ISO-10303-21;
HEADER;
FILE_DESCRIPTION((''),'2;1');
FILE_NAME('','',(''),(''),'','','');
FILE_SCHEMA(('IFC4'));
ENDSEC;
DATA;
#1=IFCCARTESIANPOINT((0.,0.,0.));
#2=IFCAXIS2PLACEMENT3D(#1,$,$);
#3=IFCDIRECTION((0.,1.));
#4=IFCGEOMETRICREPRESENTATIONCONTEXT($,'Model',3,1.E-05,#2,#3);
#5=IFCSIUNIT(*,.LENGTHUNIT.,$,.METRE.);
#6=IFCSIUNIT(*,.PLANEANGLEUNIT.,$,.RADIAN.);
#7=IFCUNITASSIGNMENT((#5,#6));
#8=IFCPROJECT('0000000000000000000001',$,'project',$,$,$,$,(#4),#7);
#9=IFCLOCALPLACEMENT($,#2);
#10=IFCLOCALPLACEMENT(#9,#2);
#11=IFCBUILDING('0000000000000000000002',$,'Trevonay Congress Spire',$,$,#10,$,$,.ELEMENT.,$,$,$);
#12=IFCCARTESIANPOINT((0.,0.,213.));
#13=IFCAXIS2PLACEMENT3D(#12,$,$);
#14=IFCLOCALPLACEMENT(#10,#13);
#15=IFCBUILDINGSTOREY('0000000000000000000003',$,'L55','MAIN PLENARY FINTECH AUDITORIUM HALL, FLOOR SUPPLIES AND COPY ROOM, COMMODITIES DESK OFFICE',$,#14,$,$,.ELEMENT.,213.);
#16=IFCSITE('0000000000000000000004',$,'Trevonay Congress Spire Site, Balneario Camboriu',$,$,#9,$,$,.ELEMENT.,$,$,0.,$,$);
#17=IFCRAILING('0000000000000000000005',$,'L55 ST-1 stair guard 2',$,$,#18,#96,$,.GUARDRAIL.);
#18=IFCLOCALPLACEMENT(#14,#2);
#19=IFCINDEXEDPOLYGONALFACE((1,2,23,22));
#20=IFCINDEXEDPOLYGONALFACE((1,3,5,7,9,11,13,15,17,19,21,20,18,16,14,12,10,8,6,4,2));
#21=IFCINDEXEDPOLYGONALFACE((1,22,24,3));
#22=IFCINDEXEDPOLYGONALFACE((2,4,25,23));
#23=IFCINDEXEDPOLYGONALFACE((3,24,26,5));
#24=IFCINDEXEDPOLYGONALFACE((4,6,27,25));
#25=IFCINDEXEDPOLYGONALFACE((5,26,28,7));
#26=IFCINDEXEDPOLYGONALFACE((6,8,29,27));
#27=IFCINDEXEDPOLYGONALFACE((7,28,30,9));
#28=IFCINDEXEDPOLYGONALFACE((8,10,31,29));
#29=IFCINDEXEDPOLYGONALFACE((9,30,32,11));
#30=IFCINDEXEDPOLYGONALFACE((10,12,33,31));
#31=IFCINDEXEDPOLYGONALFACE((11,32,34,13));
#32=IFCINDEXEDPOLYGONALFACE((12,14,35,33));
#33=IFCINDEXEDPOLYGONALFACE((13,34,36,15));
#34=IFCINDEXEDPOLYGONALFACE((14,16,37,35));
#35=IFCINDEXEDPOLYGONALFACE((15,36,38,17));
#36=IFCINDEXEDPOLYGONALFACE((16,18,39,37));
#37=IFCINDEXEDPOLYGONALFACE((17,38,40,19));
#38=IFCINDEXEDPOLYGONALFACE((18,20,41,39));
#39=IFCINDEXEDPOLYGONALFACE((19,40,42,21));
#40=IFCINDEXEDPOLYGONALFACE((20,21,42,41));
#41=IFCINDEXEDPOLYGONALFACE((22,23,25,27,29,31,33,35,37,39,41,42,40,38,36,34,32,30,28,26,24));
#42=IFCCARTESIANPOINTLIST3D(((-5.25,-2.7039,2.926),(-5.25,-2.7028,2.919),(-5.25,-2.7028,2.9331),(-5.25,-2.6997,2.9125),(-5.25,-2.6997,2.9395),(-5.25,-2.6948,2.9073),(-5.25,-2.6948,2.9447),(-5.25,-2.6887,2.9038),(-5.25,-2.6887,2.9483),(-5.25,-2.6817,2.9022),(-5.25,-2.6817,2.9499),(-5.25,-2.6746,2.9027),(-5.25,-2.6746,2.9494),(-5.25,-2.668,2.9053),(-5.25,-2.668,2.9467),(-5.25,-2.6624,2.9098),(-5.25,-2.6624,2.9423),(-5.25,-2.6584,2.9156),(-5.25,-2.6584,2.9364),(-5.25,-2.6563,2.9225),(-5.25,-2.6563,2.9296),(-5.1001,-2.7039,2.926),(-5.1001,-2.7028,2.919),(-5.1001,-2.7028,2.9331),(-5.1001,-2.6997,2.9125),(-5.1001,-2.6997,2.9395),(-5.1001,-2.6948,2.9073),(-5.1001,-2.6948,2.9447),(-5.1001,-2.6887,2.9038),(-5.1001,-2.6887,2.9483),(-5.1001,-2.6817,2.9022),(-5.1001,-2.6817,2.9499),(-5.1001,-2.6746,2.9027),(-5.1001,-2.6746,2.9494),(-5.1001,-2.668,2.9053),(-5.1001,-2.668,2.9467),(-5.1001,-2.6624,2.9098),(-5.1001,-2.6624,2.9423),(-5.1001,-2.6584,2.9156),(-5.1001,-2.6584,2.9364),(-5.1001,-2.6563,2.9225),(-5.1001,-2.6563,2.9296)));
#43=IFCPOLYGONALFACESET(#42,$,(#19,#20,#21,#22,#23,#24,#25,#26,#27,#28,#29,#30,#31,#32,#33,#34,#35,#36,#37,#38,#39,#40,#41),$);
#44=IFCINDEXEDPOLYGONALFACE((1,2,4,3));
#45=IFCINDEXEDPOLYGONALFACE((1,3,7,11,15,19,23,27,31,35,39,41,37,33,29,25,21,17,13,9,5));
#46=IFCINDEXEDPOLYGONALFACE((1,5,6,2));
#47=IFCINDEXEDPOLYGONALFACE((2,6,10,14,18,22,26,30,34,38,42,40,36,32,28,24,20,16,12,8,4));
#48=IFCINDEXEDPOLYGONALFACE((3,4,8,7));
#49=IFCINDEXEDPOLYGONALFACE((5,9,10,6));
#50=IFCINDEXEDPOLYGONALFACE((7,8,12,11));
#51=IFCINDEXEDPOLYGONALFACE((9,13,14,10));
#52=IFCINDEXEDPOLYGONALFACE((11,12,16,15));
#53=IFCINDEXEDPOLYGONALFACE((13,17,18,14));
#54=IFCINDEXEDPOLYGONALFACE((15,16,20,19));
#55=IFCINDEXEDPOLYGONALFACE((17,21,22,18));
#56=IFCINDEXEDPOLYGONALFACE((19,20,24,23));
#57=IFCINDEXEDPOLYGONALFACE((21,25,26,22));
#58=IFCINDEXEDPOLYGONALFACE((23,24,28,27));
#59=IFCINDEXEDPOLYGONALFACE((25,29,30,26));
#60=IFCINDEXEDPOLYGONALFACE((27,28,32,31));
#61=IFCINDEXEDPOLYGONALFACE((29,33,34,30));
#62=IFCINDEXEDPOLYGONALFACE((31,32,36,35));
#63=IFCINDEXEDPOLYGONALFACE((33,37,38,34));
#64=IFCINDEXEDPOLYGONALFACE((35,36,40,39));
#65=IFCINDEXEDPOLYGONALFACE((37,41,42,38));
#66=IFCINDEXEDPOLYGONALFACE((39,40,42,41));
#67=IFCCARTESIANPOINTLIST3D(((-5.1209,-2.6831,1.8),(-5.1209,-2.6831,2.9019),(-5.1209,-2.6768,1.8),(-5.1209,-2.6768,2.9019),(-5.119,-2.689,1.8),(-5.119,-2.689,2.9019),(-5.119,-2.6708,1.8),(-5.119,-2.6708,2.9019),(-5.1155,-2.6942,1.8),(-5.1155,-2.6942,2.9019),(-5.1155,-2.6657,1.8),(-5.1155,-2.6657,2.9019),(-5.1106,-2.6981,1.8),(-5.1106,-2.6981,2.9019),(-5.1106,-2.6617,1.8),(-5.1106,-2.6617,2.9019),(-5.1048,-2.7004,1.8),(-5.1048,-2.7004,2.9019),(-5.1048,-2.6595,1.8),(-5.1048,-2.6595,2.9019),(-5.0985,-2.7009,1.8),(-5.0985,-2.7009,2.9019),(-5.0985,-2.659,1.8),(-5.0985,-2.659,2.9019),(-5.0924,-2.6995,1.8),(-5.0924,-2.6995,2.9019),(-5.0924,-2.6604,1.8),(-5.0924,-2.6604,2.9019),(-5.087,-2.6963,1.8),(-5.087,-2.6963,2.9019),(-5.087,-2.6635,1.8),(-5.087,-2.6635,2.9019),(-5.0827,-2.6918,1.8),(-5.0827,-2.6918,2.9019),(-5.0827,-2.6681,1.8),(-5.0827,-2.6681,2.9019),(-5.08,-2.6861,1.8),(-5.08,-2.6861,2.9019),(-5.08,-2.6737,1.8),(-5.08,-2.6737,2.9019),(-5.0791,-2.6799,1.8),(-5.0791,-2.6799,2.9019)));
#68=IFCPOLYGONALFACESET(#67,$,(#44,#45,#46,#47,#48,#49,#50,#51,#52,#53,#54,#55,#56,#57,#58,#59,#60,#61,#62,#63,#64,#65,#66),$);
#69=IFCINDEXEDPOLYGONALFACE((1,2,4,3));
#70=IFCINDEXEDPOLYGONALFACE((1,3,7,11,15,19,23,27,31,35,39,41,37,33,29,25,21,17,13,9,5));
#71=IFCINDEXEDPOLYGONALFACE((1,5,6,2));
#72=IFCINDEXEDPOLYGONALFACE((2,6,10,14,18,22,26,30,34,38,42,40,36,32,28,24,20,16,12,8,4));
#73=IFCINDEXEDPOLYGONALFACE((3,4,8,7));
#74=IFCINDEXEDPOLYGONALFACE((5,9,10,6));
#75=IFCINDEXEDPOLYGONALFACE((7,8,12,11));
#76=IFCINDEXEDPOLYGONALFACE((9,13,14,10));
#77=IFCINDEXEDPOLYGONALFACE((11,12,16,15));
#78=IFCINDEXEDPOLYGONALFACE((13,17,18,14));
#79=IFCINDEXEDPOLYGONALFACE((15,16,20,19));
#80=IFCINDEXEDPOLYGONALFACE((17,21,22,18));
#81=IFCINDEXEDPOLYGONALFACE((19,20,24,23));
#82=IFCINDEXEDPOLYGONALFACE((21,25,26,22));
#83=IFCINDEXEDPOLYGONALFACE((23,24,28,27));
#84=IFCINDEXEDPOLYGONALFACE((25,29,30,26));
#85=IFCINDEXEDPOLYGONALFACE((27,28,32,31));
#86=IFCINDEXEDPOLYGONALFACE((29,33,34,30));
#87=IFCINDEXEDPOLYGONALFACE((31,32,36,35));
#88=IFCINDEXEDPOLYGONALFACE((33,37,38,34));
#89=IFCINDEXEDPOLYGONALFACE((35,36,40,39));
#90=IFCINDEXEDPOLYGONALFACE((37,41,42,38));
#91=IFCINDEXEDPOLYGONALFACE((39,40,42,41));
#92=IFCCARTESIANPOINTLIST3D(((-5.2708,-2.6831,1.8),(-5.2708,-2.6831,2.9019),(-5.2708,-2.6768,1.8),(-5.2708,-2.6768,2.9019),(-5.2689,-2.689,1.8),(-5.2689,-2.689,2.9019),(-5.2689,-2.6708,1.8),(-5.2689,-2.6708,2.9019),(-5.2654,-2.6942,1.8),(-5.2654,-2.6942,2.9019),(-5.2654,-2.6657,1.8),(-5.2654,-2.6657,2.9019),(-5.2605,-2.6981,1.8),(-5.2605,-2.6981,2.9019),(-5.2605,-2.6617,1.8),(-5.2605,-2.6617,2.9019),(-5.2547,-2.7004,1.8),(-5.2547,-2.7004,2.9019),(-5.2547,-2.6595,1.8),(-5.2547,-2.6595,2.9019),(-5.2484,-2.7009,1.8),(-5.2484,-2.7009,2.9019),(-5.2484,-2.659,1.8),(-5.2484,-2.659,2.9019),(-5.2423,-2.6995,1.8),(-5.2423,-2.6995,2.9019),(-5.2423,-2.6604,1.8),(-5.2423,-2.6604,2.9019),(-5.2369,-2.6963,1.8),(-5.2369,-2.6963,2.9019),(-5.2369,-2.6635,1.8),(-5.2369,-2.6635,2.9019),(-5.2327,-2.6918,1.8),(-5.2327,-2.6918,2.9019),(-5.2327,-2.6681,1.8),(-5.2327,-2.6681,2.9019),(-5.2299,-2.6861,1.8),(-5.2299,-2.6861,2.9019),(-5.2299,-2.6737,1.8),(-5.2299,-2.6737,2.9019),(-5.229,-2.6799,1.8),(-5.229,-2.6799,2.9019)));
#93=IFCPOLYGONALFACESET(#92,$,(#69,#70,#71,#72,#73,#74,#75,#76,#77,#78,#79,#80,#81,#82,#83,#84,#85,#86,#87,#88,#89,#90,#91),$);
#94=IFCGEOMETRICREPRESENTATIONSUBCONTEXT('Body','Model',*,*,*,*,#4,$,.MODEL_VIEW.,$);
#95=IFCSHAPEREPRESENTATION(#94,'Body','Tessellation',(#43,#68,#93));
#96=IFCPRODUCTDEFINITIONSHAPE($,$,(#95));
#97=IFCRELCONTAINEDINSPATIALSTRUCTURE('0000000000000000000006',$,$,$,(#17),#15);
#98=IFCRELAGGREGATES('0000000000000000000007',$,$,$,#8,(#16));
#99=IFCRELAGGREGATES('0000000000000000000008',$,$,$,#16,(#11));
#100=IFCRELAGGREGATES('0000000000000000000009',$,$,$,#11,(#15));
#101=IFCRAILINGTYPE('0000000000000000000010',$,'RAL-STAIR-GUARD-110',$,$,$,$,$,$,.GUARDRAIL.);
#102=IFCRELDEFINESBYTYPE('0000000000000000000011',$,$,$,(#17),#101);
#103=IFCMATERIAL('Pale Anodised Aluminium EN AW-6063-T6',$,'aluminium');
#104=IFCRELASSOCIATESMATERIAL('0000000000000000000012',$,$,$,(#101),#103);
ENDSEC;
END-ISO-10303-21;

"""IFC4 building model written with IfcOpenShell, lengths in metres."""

from ifc_helpers import new_model, si_unit, direction, frame, origin, origin_2d, place, context, subcontext, project, spatial, circle, extrude, material, type_object, element, save


model = new_model("IFC4")

# Units and contexts
model_context = context("Model", 3, precision=1e-05, world=origin(), true_north=direction((0.0, 1.0)))
body_context = subcontext(model_context, "Body", "Model", "MODEL_VIEW")
ifc_project = project(units=[si_unit("LENGTHUNIT", "METRE"), si_unit("PLANEANGLEUNIT", "RADIAN")], contexts=[model_context])

# Site, building, storey
site_placement = place(None, origin())
site = spatial("IfcSite", under=ifc_project, at=site_placement, Name="Trevonay Congress Spire Site, Balneario Camboriu", CompositionType="ELEMENT", RefElevation=0.0)
building_placement = place(site_placement, origin())
building = spatial("IfcBuilding", under=site, at=building_placement, Name="Trevonay Congress Spire", CompositionType="ELEMENT")
storey_placement = place(building_placement, frame((0.0, 0.0, 213.0)))
storey = spatial("IfcBuildingStorey", under=building, at=storey_placement, Name="L55", Description="MAIN PLENARY FINTECH AUDITORIUM HALL, FLOOR SUPPLIES AND COPY ROOM, COMMODITIES DESK OFFICE", CompositionType="ELEMENT", Elevation=213.0)

# Railing
ifc_material_1 = material(Name="Pale Anodised Aluminium EN AW-6063-T6", Category="aluminium")
railing_type_1 = type_object("IfcRailingType", Name="RAL-STAIR-GUARD-110", PredefinedType="GUARDRAIL", material=ifc_material_1)
railing_1_placement = place(storey_placement, frame((-5.1001, -2.6799, 1.8)))
element("IfcRailing", 1, at=railing_1_placement, inside=storey, type_object=railing_type_1, Name="L55 ST-1 stair guard 2", PredefinedType="GUARDRAIL", context=body_context, shape_type="SweptSolid", body=[
    extrude(circle(Radius=0.0239, at=origin_2d()), frame((0.0, 0.0, 1.126), z_axis=(-1.0, 0.0, 0.0), x_axis=(0.0, -1.0, 0.0)), (0.0, 0.0, 1.0), 0.1499),
    extrude(circle(Radius=0.021, at=origin_2d()), origin(), (0.0, 0.0, 1.0), 1.1018),
    extrude(circle(Radius=0.021, at=origin_2d()), frame((-0.1499, 0.0, 0.0)), (0.0, 0.0, 1.0), 1.1018),
])

save(model, "model.ifc")
